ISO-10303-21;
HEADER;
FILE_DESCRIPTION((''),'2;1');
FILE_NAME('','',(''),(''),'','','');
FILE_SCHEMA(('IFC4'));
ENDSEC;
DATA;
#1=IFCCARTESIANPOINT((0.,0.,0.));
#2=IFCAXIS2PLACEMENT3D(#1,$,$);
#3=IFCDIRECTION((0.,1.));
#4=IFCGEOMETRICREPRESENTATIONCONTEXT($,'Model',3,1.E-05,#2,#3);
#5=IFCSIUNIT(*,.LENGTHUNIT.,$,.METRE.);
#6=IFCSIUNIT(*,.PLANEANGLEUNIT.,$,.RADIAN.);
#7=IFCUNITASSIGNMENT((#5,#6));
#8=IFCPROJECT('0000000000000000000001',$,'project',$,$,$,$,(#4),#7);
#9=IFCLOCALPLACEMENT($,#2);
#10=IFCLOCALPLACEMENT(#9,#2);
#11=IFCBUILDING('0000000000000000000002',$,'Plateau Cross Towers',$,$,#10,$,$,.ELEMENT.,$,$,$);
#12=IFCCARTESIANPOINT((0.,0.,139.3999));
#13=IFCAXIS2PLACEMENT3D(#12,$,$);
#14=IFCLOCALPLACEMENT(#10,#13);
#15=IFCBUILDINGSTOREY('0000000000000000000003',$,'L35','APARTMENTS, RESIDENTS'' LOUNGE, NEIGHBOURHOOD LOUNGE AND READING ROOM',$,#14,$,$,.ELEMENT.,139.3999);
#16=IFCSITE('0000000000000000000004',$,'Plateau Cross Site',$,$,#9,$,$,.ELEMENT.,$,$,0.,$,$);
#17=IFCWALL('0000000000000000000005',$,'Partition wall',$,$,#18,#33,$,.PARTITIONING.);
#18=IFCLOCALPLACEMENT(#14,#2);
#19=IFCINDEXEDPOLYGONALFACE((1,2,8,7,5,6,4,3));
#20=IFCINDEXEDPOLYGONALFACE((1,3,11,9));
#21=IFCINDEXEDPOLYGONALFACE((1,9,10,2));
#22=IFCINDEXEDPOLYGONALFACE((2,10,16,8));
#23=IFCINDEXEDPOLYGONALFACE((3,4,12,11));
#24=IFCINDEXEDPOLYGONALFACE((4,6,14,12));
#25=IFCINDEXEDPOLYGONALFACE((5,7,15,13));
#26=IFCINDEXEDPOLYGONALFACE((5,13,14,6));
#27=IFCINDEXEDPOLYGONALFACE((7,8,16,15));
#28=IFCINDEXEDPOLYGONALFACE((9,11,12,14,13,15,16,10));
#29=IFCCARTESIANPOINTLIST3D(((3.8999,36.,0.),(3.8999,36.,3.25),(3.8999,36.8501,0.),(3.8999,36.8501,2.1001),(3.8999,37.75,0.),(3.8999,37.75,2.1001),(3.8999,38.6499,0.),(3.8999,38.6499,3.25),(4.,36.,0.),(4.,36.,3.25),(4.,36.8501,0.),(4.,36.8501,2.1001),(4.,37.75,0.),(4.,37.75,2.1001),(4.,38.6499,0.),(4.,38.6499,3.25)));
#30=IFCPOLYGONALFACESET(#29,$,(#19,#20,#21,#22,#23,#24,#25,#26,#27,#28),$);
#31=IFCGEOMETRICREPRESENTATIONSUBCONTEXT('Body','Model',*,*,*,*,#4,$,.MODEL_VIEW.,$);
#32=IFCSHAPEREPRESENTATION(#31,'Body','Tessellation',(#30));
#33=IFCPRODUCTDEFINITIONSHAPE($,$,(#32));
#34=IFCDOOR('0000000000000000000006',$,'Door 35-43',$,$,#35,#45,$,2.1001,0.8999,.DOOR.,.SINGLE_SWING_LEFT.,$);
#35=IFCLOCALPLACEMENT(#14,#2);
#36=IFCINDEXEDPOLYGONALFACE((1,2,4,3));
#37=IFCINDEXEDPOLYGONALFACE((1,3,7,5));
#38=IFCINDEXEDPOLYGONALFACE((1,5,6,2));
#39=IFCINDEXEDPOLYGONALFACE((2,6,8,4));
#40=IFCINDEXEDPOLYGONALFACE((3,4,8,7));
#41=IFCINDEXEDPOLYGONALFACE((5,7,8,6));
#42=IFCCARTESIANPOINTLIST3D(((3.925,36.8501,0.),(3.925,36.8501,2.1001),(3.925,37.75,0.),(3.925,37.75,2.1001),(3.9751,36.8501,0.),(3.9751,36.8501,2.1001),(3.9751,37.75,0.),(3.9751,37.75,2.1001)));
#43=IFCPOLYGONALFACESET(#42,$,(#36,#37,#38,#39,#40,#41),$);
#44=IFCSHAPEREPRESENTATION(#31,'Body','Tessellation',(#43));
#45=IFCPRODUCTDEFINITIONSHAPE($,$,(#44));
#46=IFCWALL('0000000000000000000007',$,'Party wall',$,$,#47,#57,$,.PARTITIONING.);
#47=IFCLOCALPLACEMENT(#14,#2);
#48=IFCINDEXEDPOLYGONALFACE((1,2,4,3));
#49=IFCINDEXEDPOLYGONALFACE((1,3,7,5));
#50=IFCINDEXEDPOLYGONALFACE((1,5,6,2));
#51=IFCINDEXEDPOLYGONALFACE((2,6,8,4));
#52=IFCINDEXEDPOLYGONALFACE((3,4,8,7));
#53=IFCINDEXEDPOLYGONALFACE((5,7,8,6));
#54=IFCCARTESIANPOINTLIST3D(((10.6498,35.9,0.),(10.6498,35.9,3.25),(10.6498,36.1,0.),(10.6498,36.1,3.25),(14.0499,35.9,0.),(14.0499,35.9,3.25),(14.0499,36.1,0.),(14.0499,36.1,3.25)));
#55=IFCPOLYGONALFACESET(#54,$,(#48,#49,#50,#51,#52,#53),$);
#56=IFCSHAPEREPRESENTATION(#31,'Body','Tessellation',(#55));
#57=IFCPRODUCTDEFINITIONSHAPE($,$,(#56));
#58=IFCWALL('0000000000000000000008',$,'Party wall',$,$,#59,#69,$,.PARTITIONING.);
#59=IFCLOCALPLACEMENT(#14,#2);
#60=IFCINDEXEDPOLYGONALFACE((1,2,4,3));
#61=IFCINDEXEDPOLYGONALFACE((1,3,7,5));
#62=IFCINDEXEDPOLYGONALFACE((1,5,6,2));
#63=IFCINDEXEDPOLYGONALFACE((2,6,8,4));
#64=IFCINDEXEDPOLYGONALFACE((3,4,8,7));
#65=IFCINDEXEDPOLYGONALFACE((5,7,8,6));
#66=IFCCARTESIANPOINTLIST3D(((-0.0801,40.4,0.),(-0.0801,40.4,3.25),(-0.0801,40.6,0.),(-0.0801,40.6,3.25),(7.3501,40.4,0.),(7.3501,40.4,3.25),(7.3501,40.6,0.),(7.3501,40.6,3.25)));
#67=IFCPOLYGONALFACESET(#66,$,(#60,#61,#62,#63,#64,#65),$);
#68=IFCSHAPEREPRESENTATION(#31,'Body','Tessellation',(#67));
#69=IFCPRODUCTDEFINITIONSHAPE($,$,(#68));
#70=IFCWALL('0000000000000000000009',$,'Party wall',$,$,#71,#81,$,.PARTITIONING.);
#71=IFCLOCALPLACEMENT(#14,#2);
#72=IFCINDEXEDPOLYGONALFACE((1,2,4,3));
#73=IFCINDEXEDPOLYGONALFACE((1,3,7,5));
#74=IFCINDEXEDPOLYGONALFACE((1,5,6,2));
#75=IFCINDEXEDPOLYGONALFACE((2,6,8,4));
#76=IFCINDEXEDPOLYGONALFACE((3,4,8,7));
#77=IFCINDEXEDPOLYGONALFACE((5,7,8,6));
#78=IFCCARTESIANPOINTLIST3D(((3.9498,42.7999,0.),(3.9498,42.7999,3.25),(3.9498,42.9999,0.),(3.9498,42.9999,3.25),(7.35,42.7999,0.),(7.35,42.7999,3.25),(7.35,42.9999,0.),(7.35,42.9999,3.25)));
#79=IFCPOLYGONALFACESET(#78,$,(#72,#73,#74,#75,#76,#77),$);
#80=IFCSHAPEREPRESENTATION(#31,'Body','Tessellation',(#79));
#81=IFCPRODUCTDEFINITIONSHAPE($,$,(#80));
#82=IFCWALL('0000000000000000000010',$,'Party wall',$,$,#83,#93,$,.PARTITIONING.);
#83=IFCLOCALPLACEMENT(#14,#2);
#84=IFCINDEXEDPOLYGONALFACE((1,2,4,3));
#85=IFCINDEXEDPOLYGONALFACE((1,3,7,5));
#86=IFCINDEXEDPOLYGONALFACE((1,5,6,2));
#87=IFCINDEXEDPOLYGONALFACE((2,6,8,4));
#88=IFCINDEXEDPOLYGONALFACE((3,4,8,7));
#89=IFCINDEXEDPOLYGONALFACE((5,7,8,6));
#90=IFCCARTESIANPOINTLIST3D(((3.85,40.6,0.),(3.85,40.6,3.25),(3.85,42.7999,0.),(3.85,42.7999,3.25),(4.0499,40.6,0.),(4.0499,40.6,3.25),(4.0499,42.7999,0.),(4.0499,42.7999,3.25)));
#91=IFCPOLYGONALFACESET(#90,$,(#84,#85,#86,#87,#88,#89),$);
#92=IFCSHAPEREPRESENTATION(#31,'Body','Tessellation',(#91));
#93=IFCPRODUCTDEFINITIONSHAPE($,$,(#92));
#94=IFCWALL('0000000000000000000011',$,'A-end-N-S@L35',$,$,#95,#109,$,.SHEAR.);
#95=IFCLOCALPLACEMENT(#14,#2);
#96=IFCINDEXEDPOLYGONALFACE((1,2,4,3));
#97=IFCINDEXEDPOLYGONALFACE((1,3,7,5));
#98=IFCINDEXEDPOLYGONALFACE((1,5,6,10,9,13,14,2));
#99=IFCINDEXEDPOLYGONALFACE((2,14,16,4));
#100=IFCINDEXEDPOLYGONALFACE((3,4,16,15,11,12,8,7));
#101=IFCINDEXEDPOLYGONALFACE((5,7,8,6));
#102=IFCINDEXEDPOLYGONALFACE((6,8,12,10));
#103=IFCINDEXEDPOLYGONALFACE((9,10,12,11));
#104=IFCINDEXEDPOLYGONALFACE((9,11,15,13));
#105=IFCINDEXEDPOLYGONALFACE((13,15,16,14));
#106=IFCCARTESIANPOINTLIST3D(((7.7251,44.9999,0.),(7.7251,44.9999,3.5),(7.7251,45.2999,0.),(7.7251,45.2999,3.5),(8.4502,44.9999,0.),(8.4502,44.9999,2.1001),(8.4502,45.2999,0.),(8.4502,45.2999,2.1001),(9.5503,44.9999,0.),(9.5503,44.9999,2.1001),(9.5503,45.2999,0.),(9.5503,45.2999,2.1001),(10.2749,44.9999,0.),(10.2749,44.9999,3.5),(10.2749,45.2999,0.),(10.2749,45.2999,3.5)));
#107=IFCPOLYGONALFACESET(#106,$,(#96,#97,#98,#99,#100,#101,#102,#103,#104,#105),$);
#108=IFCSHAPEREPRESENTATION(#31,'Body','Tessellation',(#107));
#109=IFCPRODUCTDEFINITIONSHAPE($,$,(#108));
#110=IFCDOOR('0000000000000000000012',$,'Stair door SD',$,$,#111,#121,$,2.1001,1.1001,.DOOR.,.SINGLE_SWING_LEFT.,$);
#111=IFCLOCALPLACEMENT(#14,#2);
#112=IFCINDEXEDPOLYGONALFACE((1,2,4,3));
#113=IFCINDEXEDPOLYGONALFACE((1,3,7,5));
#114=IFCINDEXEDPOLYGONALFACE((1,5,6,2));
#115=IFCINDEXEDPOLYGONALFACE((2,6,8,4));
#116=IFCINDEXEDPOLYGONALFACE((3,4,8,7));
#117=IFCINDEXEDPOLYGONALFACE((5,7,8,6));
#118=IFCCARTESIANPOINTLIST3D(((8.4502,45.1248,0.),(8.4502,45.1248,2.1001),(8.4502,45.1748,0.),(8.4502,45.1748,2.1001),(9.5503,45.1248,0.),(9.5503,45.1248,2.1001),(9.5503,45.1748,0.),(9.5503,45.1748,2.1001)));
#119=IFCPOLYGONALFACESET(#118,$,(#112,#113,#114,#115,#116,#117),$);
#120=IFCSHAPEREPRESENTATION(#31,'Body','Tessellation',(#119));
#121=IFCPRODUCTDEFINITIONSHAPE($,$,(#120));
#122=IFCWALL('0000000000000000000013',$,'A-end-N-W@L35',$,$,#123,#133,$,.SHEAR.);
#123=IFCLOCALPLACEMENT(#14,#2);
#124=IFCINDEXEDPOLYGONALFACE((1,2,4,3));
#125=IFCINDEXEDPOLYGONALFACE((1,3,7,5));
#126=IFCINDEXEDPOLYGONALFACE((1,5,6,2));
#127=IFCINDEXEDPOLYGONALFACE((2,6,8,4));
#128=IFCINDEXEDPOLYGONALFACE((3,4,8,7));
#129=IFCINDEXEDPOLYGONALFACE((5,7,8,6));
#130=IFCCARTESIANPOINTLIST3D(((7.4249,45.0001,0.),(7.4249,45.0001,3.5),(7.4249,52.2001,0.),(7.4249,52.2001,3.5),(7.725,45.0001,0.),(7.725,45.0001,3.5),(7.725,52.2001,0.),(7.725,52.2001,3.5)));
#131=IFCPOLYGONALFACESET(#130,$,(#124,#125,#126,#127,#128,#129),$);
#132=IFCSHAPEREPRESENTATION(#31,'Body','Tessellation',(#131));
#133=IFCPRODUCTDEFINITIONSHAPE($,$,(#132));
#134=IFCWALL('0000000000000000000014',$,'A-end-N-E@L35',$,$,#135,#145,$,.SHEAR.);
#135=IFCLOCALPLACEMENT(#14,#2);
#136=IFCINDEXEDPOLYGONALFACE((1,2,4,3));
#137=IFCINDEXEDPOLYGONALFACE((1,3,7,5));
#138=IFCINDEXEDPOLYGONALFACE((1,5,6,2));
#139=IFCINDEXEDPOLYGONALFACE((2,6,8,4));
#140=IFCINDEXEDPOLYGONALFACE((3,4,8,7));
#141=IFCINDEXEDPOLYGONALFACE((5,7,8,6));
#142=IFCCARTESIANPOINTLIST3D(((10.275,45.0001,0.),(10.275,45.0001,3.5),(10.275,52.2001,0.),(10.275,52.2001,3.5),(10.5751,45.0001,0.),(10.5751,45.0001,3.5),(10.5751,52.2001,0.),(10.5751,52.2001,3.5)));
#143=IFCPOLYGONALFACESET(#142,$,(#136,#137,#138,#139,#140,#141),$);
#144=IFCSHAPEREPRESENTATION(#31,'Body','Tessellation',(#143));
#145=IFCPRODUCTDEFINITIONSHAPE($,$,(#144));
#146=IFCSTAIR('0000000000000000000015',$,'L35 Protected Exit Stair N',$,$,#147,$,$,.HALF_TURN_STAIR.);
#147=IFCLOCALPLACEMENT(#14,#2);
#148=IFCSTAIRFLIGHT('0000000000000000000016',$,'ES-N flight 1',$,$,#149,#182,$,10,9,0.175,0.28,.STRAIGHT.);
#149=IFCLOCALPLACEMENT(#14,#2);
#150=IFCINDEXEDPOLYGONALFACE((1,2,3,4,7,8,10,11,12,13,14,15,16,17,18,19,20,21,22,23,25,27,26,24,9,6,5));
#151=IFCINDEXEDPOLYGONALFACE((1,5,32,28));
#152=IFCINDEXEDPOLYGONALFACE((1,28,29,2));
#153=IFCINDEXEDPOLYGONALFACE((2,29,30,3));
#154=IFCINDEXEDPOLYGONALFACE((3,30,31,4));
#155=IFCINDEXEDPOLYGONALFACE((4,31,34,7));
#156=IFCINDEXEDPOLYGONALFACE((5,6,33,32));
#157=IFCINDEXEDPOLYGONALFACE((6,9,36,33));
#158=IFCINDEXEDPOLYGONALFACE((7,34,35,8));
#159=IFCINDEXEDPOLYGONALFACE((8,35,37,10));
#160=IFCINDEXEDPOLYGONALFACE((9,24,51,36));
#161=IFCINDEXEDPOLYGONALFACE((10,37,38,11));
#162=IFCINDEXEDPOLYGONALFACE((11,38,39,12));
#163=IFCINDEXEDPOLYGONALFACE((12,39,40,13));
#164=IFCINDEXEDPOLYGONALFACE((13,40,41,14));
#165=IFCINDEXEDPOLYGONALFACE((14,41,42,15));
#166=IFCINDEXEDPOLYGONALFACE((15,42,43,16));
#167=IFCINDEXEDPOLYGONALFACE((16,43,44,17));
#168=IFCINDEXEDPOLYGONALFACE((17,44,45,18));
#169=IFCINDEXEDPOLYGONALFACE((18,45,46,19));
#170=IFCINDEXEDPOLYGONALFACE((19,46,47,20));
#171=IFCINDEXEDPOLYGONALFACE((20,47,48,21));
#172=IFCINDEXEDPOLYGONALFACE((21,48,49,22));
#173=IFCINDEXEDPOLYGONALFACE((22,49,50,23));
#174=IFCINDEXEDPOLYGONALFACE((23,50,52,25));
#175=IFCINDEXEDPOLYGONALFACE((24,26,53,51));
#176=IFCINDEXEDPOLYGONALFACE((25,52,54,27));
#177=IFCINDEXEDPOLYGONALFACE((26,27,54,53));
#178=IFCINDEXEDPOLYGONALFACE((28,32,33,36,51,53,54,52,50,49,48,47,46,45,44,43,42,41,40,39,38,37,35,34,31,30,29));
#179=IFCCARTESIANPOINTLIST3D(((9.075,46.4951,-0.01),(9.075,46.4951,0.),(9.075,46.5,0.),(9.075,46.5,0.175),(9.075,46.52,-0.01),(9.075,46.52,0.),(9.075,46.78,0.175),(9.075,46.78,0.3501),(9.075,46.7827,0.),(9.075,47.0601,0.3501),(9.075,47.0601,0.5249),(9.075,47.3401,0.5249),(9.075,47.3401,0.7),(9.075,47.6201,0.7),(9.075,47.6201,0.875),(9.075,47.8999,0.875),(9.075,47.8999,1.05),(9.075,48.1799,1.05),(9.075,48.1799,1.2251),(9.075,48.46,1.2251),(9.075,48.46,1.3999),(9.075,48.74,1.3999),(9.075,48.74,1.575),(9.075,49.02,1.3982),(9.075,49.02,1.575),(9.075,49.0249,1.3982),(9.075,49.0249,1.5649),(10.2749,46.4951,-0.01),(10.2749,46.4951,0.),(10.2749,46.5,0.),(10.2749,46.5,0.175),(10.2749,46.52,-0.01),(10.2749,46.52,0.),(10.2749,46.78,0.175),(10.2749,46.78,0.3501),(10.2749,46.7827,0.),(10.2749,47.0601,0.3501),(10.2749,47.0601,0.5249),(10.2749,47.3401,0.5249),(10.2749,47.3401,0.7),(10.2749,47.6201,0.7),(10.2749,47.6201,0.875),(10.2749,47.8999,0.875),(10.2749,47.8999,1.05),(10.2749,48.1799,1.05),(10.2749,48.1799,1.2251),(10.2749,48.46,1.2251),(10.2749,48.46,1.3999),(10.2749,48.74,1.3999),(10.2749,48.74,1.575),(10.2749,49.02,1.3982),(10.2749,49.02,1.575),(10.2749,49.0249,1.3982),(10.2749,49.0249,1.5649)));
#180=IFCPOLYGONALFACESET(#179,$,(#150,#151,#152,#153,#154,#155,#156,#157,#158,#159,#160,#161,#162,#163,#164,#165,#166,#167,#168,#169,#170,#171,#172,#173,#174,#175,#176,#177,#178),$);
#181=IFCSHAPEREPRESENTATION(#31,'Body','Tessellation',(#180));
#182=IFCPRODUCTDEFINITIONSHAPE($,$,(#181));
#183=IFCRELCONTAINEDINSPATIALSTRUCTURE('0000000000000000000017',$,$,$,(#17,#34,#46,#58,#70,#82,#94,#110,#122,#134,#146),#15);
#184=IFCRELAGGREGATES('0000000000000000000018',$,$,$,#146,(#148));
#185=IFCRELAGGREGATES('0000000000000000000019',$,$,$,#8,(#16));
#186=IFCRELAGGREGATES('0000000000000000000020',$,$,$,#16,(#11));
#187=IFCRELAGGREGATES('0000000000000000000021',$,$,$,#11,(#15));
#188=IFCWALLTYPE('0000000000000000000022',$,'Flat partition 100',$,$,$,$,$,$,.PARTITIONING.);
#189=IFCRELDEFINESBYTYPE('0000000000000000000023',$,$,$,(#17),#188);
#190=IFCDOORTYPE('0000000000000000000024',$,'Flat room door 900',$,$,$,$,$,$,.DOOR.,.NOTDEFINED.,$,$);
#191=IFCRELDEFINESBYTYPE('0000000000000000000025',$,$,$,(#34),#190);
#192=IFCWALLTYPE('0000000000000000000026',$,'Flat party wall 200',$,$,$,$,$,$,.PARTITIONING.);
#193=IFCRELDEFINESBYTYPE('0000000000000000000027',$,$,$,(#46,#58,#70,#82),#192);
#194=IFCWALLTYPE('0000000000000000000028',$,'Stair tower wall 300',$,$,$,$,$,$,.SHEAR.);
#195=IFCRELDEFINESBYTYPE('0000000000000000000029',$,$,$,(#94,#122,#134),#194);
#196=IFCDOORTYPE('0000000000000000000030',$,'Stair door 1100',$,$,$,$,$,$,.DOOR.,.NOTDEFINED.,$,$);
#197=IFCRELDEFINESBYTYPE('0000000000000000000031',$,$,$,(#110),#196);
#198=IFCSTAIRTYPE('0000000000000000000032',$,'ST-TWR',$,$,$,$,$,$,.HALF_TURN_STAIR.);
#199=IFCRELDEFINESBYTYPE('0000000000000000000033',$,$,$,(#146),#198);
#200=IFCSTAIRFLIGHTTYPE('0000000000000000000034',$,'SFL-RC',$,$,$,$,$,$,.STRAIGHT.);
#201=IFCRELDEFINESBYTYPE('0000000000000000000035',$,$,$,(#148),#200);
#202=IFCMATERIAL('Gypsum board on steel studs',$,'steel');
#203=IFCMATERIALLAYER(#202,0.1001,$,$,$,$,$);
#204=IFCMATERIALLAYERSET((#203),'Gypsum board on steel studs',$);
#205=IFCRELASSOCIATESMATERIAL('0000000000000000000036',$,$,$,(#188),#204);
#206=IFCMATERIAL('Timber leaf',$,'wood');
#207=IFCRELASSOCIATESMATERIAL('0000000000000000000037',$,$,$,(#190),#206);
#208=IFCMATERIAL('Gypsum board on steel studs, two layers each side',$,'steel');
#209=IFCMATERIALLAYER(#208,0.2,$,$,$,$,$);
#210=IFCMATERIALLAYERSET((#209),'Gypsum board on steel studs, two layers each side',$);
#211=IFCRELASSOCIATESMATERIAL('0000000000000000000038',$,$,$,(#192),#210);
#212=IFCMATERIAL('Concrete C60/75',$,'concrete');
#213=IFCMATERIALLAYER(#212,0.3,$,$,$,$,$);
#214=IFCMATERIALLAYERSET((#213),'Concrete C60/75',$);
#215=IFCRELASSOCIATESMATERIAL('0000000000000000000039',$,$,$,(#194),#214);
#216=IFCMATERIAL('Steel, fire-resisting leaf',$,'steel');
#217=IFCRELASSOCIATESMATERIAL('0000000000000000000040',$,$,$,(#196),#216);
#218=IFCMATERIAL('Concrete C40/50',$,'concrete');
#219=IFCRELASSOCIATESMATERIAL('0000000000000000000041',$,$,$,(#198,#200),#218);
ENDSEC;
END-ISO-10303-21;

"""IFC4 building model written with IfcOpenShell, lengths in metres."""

from ifc_helpers import new_model, si_unit, direction, frame, frame_2d, origin, place, context, subcontext, project, spatial, polyline, rectangle, outline, extrude, material, layer, layer_set, type_object, element, fill, aggregate, save


model = new_model("IFC4")

# Units and contexts
model_context = context("Model", 3, precision=1e-05, world=origin(), true_north=direction((0.0, 1.0)))
body_context = subcontext(model_context, "Body", "Model", "MODEL_VIEW")
ifc_project = project(units=[si_unit("LENGTHUNIT", "METRE"), si_unit("PLANEANGLEUNIT", "RADIAN")], contexts=[model_context])

# Site, building, storey
site_placement = place(None, origin())
site = spatial("IfcSite", under=ifc_project, at=site_placement, Name="Plateau Cross Site", CompositionType="ELEMENT", RefElevation=0.0)
building_placement = place(site_placement, origin())
building = spatial("IfcBuilding", under=site, at=building_placement, Name="Plateau Cross Towers", CompositionType="ELEMENT")
storey_placement = place(building_placement, frame((0.0, 0.0, 139.3999)))
storey = spatial("IfcBuildingStorey", under=building, at=storey_placement, Name="L35", Description="APARTMENTS, RESIDENTS' LOUNGE, NEIGHBOURHOOD LOUNGE AND READING ROOM", CompositionType="ELEMENT", Elevation=139.3999)

# Shared definitions
ifc_material_1 = material(Name="Gypsum board on steel studs", Category="steel")
ifc_layer_1 = layer(ifc_material_1, 0.1001)
ifc_layer_set_1 = layer_set([ifc_layer_1], Name="Gypsum board on steel studs")
wall_type_1 = type_object("IfcWallType", Name="Flat partition 100", PredefinedType="PARTITIONING", material=ifc_layer_set_1)

# Shared definitions
ifc_material_2 = material(Name="Timber leaf", Category="wood")
door_type_1 = type_object("IfcDoorType", Name="Flat room door 900", OperationType="NOTDEFINED", PredefinedType="DOOR", material=ifc_material_2)

# Wall, opening, door
wall_1_placement = place(storey_placement, frame((3.95, 36.0, 0.0), z_axis=(0.0, 0.0, 1.0), x_axis=(0.0, 1.0, 0.0)))
wall_1 = element("IfcWall", 1, at=wall_1_placement, inside=storey, type_object=wall_type_1, Name="Partition wall", PredefinedType="PARTITIONING", context=body_context, shape_type="SweptSolid", body=[
    extrude(rectangle(XDim=2.6499, YDim=0.1001, at=frame_2d((1.325, 0.0))), origin(), (0.0, 0.0, 1.0), 3.25),
])
opening_1_placement = place(wall_1_placement, frame((0.8501, 0.0, 0.0)))
opening_1 = element("IfcOpeningElement", 2, at=opening_1_placement, cuts=wall_1, PredefinedType="OPENING", context=body_context, shape_type="SweptSolid", body=[
    extrude(rectangle(XDim=0.8999, YDim=2.1001, at=frame_2d((0.45, 1.05))), frame((0.0, 0.0601, 0.0), z_axis=(0.0, -1.0, 0.0), x_axis=(1.0, 0.0, 0.0)), (0.0, 0.0, 1.0), 0.1201),
])
door_1_placement = place(opening_1_placement, origin())
door_1 = element("IfcDoor", 3, at=door_1_placement, inside=storey, type_object=door_type_1, Name="Door 35-43", OperationType="SINGLE_SWING_LEFT", OverallHeight=2.1001, OverallWidth=0.8999, PredefinedType="DOOR", context=body_context, shape_type="SweptSolid", body=[
    extrude(rectangle(XDim=0.8999, YDim=2.1001, at=frame_2d((0.45, 1.05))), frame((0.0, 0.0249, 0.0), z_axis=(0.0, -1.0, 0.0), x_axis=(1.0, 0.0, 0.0)), (0.0, 0.0, 1.0), 0.05),
])
fill(opening_1, door_1)

# Walls
ifc_material_3 = material(Name="Gypsum board on steel studs, two layers each side", Category="steel")
ifc_layer_2 = layer(ifc_material_3, 0.2)
ifc_layer_set_2 = layer_set([ifc_layer_2], Name="Gypsum board on steel studs, two layers each side")
wall_type_2 = type_object("IfcWallType", Name="Flat party wall 200", PredefinedType="PARTITIONING", material=ifc_layer_set_2)
wall_2_placement = place(storey_placement, frame((14.05, 36.0, 0.0), z_axis=(0.0, 0.0, 1.0), x_axis=(-1.0, 0.0, 0.0)))
element("IfcWall", 4, at=wall_2_placement, inside=storey, type_object=wall_type_2, Name="Party wall", PredefinedType="PARTITIONING", context=body_context, shape_type="SweptSolid", body=[
    extrude(rectangle(XDim=3.4001, YDim=0.2, at=frame_2d((1.7002, 0.0))), origin(), (0.0, 0.0, 1.0), 3.25),
])
wall_3_placement = place(storey_placement, frame((7.3501, 40.5, 0.0), z_axis=(0.0, 0.0, 1.0), x_axis=(-1.0, 0.0, 0.0)))
element("IfcWall", 5, at=wall_3_placement, inside=storey, type_object=wall_type_2, Name="Party wall", PredefinedType="PARTITIONING", context=body_context, shape_type="SweptSolid", body=[
    extrude(rectangle(XDim=7.4302, YDim=0.2, at=frame_2d((3.7151, 0.0))), origin(), (0.0, 0.0, 1.0), 3.25),
])
wall_4_placement = place(storey_placement, frame((7.3501, 42.8999, 0.0), z_axis=(0.0, 0.0, 1.0), x_axis=(-1.0, 0.0, 0.0)))
element("IfcWall", 6, at=wall_4_placement, inside=storey, type_object=wall_type_2, Name="Party wall", PredefinedType="PARTITIONING", context=body_context, shape_type="SweptSolid", body=[
    extrude(rectangle(XDim=3.4001, YDim=0.2, at=frame_2d((1.7002, 0.0))), origin(), (0.0, 0.0, 1.0), 3.25),
])
wall_5_placement = place(storey_placement, frame((3.95, 42.8, 0.0), z_axis=(0.0, 0.0, 1.0), x_axis=(0.0, -1.0, 0.0)))
element("IfcWall", 7, at=wall_5_placement, inside=storey, type_object=wall_type_2, Name="Party wall", PredefinedType="PARTITIONING", context=body_context, shape_type="SweptSolid", body=[
    extrude(rectangle(XDim=2.2, YDim=0.2, at=frame_2d((1.1001, 0.0))), origin(), (0.0, 0.0, 1.0), 3.25),
])

# Wall, opening, door
ifc_material_4 = material(Name="Concrete C60/75", Category="concrete")
ifc_layer_3 = layer(ifc_material_4, 0.3)
ifc_layer_set_3 = layer_set([ifc_layer_3], Name="Concrete C60/75")
wall_type_3 = type_object("IfcWallType", Name="Stair tower wall 300", PredefinedType="SHEAR", material=ifc_layer_set_3)
wall_6_placement = place(storey_placement, frame((7.7251, 45.1499, 0.0), z_axis=(0.0, 0.0, 1.0), x_axis=(1.0, 0.0, 0.0)))
wall_6 = element("IfcWall", 8, at=wall_6_placement, inside=storey, type_object=wall_type_3, Name="A-end-N-S@L35", PredefinedType="SHEAR", context=body_context, shape_type="SweptSolid", body=[
    extrude(rectangle(XDim=2.5498, YDim=0.3, at=frame_2d((1.2749, 0.0))), origin(), (0.0, 0.0, 1.0), 3.5),
])
opening_2_placement = place(wall_6_placement, frame((0.7251, 0.0, 0.0)))
opening_2 = element("IfcOpeningElement", 9, at=opening_2_placement, cuts=wall_6, PredefinedType="OPENING", context=body_context, shape_type="SweptSolid", body=[
    extrude(rectangle(XDim=1.1001, YDim=2.1001, at=frame_2d((0.55, 1.05))), frame((0.0, 0.1599, 0.0), z_axis=(0.0, -1.0, 0.0), x_axis=(1.0, 0.0, 0.0)), (0.0, 0.0, 1.0), 0.3201),
])
ifc_material_5 = material(Name="Steel, fire-resisting leaf", Category="steel")
door_type_2 = type_object("IfcDoorType", Name="Stair door 1100", OperationType="NOTDEFINED", PredefinedType="DOOR", material=ifc_material_5)
door_2_placement = place(opening_2_placement, origin())
door_2 = element("IfcDoor", 10, at=door_2_placement, inside=storey, type_object=door_type_2, Name="Stair door SD", OperationType="SINGLE_SWING_LEFT", OverallHeight=2.1001, OverallWidth=1.1001, PredefinedType="DOOR", context=body_context, shape_type="SweptSolid", body=[
    extrude(rectangle(XDim=1.1001, YDim=2.1001, at=frame_2d((0.55, 1.05))), frame((0.0, 0.0249, 0.0), z_axis=(0.0, -1.0, 0.0), x_axis=(1.0, 0.0, 0.0)), (0.0, 0.0, 1.0), 0.05),
])
fill(opening_2, door_2)

# Walls
for number, where, z_axis, x_axis, name in (
    (11, (7.575, 45.0, 0.0), (0.0, 0.0, 1.0), (0.0, 1.0, 0.0), "A-end-N-W@L35"),
    (12, (10.425, 45.0, 0.0), (0.0, 0.0, 1.0), (0.0, 1.0, 0.0), "A-end-N-E@L35"),
):
    element("IfcWall", number, at=place(storey_placement, frame(where, z_axis=z_axis, x_axis=x_axis)), inside=storey, type_object=wall_type_3, Name=name, PredefinedType="SHEAR", context=body_context, shape_type="SweptSolid", body=[
        extrude(rectangle(XDim=7.2, YDim=0.3, at=frame_2d((3.6001, 0.0))), origin(), (0.0, 0.0, 1.0), 3.5),
    ])

# Stair, stair flight
ifc_material_6 = material(Name="Concrete C40/50", Category="concrete")
stair_type = type_object("IfcStairType", Name="ST-TWR", PredefinedType="HALF_TURN_STAIR", material=ifc_material_6)
stair_placement = place(storey_placement, origin())
stair = element("IfcStair", 13, at=stair_placement, inside=storey, type_object=stair_type, Name="L35 Protected Exit Stair N", PredefinedType="HALF_TURN_STAIR")
stair_flight_type = type_object("IfcStairFlightType", Name="SFL-RC", PredefinedType="STRAIGHT", material=ifc_material_6)
stair_flight_placement = place(storey_placement, frame((9.675, 46.5, 0.0), z_axis=(0.0, 0.0, 1.0), x_axis=(0.0, 1.0, 0.0)))
stair_flight = element("IfcStairFlight", 14, at=stair_flight_placement, type_object=stair_flight_type, Name="ES-N flight 1", NumberOfRisers=10, NumberOfTreads=9, PredefinedType="STRAIGHT", RiserHeight=0.175, TreadLength=0.28, context=body_context, shape_type="SweptSolid", body=[
    extrude(outline(polyline([(-0.0049, -0.01), (-0.0049, 0.0), (0.0, 0.0), (0.0, 0.175), (0.28, 0.175), (0.28, 0.3501), (0.5601, 0.3501), (0.5601, 0.5249), (0.8401, 0.5249), (0.8401, 0.7), (1.1201, 0.7), (1.1201, 0.875), (1.3999, 0.875), (1.3999, 1.05), (1.6799, 1.05), (1.6799, 1.2251), (1.96, 1.2251), (1.96, 1.3999), (2.24, 1.3999), (2.24, 1.575), (2.52, 1.575), (2.5249, 1.5649), (2.5249, 1.3982), (2.52, 1.3982), (0.2827, 0.0), (0.02, 0.0), (0.02, -0.01), (-0.0049, -0.01)])), frame((0.0, 0.6001, 0.0), z_axis=(0.0, -1.0, 0.0), x_axis=(1.0, 0.0, 0.0)), (0.0, 0.0, 1.0), 1.2),
])
aggregate(stair, [stair_flight])

save(model, "model.ifc")
